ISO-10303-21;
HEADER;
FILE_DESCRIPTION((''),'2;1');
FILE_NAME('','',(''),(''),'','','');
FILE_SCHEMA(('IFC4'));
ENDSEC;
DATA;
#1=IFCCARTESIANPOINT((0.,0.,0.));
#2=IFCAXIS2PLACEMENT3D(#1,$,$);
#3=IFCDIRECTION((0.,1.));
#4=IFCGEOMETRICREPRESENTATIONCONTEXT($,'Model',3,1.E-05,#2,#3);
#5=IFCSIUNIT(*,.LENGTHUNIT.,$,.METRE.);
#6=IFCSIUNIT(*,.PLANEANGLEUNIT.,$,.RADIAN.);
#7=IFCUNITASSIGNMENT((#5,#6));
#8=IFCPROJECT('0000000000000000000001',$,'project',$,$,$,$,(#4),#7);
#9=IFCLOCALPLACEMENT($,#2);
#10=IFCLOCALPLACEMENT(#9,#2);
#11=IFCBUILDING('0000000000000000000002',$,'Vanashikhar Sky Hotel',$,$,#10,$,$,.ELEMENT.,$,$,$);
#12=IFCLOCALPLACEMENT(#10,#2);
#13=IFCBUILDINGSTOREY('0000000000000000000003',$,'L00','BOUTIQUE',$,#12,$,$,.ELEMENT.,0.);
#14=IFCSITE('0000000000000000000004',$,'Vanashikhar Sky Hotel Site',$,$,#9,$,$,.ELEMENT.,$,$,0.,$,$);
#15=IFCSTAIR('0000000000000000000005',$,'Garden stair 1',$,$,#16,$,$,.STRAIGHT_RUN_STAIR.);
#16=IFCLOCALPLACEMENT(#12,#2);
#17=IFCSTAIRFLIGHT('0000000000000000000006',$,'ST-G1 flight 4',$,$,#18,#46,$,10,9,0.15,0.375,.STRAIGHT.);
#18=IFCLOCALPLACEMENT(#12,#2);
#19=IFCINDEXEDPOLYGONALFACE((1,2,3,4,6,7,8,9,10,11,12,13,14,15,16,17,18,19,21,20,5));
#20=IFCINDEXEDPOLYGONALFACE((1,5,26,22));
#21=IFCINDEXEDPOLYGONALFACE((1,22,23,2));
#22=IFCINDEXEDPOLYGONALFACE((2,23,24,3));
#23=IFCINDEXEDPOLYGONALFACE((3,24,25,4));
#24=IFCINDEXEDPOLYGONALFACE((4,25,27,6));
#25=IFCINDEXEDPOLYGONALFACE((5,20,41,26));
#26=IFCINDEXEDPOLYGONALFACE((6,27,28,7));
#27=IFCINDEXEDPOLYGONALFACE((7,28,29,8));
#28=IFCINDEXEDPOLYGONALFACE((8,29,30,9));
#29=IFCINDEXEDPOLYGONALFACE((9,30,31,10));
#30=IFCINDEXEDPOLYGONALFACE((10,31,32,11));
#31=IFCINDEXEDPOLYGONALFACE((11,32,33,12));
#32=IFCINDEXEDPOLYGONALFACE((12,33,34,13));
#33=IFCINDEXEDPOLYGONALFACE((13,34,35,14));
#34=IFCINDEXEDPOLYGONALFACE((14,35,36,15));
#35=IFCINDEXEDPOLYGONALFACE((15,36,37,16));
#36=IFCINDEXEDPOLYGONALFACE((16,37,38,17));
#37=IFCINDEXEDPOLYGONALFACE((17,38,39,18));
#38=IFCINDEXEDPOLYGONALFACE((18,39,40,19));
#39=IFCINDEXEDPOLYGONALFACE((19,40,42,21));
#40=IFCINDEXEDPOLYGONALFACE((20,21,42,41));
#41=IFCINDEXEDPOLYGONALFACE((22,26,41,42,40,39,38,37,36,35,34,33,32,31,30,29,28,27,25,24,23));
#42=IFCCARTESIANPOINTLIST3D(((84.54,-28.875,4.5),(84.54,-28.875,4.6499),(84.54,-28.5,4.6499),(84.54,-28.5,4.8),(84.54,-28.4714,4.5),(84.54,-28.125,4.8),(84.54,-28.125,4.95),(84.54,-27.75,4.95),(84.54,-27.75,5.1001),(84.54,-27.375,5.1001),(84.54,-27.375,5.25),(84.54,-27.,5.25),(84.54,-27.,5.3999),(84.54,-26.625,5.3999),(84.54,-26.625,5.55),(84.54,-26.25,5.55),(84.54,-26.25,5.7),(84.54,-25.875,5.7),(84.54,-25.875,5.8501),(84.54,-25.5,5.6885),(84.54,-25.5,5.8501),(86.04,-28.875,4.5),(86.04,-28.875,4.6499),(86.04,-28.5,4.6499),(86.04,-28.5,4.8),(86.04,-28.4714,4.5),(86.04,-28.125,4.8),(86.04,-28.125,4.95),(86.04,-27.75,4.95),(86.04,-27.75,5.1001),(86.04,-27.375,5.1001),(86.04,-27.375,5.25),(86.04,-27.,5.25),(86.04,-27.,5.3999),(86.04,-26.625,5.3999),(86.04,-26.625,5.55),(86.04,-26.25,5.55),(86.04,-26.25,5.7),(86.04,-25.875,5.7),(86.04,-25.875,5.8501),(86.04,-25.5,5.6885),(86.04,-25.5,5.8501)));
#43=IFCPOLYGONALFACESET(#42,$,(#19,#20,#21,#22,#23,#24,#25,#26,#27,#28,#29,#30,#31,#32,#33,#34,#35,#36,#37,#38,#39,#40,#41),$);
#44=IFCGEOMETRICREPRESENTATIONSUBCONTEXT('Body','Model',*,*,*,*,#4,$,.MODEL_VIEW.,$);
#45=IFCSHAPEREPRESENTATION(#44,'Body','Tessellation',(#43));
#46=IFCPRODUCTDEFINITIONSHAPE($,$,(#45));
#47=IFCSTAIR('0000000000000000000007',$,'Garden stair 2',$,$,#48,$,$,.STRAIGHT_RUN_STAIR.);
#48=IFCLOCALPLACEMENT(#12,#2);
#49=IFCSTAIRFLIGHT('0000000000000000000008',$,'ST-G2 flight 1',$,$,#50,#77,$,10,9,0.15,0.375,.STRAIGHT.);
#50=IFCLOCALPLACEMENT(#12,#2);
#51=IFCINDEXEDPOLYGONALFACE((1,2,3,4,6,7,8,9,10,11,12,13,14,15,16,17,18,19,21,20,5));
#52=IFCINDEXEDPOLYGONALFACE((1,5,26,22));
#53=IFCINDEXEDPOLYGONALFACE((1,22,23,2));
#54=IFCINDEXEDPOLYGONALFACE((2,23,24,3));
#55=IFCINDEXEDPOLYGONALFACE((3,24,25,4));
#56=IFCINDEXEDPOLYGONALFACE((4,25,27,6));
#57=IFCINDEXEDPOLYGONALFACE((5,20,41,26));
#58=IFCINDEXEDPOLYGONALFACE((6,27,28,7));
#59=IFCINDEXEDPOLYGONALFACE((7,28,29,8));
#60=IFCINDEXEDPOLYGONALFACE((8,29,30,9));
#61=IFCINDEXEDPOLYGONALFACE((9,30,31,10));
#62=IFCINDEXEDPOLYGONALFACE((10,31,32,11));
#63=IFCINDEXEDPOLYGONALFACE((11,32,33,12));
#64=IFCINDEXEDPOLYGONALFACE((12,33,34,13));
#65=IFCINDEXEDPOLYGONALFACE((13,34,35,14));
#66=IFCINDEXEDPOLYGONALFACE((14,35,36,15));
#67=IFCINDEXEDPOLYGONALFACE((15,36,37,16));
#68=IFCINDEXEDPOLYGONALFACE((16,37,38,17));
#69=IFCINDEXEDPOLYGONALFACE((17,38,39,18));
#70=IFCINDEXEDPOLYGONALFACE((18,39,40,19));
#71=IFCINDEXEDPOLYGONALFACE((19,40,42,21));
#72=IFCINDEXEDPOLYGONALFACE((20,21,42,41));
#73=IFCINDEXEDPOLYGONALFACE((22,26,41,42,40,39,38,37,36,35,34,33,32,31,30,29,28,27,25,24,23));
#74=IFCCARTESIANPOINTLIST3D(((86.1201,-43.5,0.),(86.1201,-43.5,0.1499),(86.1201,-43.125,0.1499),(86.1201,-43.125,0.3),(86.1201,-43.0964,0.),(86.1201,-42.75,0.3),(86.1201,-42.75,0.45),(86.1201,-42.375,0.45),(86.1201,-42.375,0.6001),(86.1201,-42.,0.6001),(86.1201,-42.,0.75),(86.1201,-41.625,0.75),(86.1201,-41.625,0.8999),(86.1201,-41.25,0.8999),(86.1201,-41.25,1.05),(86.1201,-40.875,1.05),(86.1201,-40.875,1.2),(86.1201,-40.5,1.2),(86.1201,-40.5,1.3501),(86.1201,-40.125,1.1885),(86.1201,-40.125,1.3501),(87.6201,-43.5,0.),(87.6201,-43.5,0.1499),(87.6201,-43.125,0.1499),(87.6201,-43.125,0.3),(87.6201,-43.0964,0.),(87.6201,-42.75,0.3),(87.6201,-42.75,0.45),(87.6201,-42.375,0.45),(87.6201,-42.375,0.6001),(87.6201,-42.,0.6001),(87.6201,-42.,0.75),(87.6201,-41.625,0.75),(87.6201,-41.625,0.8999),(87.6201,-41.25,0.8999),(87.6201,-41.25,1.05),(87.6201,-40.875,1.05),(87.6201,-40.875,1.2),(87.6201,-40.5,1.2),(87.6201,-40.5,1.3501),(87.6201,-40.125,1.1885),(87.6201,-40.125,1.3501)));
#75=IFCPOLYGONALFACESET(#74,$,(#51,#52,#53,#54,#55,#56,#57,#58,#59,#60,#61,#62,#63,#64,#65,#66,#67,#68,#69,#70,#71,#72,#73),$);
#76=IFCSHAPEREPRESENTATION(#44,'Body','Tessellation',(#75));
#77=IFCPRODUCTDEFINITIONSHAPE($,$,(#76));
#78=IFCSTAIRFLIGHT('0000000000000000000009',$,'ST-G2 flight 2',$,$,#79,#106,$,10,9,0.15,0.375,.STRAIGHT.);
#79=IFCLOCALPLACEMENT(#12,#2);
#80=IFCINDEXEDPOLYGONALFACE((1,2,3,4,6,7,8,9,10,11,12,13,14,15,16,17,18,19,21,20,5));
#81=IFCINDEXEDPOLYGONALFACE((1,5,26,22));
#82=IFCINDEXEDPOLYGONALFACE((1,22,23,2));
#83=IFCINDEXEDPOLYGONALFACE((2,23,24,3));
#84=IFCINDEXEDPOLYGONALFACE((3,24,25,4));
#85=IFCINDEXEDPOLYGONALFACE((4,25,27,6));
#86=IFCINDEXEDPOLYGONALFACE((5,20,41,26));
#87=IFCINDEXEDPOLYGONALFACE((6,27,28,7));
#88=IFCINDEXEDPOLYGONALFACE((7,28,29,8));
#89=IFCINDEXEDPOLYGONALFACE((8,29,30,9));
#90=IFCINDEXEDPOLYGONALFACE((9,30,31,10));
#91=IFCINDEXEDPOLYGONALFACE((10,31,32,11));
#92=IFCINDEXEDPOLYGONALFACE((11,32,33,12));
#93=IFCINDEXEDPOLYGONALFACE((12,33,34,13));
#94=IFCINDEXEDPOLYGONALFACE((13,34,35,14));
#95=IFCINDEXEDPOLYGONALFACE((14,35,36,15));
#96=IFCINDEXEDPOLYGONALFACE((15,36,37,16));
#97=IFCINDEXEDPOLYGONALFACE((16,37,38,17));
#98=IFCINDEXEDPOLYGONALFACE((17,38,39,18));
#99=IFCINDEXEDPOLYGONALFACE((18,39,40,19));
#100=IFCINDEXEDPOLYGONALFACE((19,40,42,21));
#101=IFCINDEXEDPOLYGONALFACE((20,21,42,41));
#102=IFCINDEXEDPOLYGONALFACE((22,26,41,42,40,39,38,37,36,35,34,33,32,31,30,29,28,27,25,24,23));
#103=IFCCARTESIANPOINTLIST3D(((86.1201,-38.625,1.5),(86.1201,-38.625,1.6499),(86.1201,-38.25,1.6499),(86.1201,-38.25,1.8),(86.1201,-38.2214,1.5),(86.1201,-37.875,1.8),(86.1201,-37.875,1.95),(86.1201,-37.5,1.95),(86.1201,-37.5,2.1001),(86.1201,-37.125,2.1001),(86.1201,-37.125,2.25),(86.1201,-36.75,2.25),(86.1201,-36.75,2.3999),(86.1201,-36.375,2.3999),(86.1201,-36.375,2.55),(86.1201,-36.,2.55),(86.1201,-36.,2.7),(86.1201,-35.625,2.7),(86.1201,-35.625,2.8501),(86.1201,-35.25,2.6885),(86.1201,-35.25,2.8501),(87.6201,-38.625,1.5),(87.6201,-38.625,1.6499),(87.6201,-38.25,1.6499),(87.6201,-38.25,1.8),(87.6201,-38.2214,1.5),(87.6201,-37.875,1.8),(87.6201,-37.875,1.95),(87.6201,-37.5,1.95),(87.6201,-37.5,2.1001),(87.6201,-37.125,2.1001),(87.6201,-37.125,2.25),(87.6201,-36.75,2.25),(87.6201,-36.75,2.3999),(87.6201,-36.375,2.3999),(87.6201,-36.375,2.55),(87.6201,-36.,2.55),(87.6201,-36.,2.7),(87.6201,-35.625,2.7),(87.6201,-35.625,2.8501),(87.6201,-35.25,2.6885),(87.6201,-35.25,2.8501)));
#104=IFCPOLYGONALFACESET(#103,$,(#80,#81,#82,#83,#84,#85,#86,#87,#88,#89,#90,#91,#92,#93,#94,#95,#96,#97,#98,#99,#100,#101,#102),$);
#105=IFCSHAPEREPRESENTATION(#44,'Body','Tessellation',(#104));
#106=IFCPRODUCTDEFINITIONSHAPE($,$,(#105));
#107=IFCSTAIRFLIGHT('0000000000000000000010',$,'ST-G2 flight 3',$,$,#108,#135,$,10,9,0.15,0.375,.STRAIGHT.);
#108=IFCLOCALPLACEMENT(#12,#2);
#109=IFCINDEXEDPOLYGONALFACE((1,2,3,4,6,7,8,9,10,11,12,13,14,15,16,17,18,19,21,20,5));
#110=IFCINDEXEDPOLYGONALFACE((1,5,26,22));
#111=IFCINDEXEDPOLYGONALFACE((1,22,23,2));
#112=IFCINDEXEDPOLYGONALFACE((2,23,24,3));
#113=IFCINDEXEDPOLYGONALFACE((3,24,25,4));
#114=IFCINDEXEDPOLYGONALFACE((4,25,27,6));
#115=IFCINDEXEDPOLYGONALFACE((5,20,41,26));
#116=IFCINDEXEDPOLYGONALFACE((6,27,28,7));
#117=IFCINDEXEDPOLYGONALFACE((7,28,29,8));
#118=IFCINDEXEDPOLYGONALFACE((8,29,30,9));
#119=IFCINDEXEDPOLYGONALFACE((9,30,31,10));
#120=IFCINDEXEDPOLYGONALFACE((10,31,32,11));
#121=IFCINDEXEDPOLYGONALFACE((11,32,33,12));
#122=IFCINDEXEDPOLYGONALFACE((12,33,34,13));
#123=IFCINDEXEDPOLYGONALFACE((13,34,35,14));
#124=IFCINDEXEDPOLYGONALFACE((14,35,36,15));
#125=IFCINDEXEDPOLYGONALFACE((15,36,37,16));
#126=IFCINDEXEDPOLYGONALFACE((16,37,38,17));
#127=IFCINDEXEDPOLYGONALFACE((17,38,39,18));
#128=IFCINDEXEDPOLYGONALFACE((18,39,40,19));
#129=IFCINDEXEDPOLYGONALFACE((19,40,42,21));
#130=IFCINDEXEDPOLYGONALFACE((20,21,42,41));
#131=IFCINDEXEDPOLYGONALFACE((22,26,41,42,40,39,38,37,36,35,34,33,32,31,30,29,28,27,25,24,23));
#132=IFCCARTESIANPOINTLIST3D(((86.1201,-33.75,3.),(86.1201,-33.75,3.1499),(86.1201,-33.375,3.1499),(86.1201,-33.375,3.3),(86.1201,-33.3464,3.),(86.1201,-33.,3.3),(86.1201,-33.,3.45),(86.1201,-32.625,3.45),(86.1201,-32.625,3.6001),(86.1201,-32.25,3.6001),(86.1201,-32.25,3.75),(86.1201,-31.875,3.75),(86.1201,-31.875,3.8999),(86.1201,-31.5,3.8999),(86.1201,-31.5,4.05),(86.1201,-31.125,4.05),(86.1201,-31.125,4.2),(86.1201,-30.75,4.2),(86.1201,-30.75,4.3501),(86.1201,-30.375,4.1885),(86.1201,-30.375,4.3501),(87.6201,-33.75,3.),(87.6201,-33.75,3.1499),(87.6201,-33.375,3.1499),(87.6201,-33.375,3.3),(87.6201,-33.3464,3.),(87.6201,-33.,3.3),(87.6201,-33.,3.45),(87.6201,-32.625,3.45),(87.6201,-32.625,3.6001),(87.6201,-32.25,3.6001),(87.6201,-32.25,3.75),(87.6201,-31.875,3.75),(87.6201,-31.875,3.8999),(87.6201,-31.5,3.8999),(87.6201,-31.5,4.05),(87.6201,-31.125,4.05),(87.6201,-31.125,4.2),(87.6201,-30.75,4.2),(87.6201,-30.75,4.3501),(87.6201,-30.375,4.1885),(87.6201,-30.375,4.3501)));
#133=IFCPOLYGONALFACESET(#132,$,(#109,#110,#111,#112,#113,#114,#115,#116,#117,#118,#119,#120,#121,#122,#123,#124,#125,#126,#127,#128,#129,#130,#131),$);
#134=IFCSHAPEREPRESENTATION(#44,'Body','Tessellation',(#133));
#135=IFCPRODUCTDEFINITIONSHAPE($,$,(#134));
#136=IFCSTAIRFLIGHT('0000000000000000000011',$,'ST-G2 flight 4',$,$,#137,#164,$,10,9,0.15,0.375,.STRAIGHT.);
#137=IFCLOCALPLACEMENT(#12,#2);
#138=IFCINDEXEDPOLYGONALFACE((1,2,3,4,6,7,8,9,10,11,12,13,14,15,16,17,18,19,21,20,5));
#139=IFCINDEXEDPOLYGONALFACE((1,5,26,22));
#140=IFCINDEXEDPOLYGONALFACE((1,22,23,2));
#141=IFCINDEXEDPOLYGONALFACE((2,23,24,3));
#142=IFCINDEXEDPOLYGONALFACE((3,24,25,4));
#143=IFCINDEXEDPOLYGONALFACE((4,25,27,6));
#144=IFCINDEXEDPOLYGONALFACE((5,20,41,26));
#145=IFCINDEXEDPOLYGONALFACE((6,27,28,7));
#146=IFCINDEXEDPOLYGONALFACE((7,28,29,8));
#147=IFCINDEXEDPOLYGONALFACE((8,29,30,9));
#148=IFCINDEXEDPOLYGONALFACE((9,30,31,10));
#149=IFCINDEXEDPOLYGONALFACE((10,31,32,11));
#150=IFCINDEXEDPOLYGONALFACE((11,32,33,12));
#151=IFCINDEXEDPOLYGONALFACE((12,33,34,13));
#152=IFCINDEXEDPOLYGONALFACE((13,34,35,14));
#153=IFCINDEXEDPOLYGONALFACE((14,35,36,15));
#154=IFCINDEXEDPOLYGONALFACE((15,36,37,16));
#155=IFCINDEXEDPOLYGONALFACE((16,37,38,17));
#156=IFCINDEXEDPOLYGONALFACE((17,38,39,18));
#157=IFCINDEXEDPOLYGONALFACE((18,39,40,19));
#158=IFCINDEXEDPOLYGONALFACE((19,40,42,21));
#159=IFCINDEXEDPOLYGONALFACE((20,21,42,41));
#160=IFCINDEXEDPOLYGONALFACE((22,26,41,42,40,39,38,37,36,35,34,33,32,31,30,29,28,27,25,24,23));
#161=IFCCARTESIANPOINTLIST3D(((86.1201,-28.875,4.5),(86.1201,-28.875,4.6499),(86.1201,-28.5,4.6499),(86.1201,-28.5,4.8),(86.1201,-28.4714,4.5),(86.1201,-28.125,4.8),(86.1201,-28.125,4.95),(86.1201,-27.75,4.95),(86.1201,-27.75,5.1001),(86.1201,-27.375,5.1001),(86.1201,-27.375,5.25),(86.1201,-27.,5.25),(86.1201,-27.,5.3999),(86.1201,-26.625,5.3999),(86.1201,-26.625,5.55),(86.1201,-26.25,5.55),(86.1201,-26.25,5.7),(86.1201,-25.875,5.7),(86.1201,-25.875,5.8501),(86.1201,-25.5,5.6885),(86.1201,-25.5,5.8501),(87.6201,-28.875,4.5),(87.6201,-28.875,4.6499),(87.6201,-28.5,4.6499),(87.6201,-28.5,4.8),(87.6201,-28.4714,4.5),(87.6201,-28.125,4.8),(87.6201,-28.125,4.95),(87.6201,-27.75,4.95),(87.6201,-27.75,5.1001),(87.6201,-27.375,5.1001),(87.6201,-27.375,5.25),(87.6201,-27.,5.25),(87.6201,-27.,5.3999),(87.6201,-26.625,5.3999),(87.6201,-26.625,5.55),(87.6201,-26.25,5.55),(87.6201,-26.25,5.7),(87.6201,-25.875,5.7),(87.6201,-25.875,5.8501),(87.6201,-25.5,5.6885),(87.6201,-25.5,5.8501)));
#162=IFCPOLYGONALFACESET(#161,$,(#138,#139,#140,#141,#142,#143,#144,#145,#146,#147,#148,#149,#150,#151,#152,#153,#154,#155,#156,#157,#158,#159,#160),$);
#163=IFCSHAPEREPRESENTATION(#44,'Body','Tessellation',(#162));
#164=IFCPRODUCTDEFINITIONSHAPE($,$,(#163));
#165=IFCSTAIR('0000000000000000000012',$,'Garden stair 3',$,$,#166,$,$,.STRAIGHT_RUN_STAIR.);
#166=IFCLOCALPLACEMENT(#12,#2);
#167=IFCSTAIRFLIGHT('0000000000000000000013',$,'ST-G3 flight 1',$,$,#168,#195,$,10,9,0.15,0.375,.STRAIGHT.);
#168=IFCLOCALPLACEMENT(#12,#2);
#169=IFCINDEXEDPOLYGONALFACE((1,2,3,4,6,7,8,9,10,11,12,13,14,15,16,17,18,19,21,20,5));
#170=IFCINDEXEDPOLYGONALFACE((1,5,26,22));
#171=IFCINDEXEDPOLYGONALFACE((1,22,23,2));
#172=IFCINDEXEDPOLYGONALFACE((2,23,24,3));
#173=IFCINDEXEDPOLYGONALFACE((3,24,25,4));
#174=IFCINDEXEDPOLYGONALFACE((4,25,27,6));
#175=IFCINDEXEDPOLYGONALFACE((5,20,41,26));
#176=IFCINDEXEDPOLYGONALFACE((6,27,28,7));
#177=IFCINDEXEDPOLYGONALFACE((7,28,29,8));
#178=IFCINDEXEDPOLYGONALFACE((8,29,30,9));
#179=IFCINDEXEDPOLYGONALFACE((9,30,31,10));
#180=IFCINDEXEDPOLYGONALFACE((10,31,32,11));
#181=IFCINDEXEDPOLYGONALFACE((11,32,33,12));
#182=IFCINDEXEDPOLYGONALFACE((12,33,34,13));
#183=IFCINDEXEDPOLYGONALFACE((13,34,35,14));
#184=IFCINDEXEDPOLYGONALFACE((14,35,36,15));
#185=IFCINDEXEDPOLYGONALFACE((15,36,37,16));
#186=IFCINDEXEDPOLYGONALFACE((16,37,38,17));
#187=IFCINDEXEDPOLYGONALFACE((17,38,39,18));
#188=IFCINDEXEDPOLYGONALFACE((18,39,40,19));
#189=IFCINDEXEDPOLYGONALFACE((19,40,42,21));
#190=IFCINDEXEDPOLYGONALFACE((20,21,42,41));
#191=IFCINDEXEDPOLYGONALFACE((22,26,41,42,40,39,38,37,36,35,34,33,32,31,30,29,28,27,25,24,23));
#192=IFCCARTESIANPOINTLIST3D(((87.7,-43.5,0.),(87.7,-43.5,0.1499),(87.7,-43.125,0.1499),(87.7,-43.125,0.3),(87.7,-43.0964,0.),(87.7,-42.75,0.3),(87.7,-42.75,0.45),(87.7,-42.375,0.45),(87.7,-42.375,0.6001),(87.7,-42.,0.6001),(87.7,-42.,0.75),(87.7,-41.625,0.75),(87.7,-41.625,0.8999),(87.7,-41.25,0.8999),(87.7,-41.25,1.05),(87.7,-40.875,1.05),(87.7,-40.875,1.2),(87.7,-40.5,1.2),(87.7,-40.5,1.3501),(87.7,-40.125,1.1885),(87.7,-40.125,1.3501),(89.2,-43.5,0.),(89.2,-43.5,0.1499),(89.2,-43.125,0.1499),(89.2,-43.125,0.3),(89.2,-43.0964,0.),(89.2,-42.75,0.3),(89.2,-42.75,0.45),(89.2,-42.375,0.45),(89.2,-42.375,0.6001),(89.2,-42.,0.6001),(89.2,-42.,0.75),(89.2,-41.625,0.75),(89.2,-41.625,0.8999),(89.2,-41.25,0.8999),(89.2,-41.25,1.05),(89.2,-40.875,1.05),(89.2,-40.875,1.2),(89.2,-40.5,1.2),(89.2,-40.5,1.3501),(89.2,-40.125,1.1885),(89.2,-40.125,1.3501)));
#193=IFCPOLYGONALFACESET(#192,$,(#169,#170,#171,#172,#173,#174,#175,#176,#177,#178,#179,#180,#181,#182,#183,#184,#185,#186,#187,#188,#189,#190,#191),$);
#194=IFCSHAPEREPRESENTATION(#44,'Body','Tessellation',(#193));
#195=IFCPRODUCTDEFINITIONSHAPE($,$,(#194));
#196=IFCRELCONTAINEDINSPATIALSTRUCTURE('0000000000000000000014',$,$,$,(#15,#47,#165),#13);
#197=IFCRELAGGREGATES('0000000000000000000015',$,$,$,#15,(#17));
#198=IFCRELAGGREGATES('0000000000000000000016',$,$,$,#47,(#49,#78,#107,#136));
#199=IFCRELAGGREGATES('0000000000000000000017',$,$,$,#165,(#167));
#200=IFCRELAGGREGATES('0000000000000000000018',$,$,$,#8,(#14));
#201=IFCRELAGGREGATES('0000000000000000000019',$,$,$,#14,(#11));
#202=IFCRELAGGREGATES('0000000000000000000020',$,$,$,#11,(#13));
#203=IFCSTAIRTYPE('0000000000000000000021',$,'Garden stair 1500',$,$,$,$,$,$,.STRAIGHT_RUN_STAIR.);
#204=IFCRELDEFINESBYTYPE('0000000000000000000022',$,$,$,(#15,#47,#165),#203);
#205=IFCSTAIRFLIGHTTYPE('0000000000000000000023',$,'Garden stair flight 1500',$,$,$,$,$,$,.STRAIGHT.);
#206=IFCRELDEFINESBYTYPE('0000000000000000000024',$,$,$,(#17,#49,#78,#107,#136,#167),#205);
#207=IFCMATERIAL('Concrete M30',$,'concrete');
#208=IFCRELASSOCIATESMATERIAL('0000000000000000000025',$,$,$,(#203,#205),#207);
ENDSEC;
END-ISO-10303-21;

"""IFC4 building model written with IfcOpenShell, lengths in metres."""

from ifc_helpers import new_model, si_unit, direction, frame, origin, place, context, subcontext, project, spatial, polyline, outline, extrude, source, transform, mapped, material, type_object, element, aggregate, save


model = new_model("IFC4")

# Units and contexts
model_context = context("Model", 3, precision=1e-05, world=origin(), true_north=direction((0.0, 1.0)))
body_context = subcontext(model_context, "Body", "Model", "MODEL_VIEW")
ifc_project = project(units=[si_unit("LENGTHUNIT", "METRE"), si_unit("PLANEANGLEUNIT", "RADIAN")], contexts=[model_context])

# Site, building, storey
site_placement = place(None, origin())
site = spatial("IfcSite", under=ifc_project, at=site_placement, Name="Vanashikhar Sky Hotel Site", CompositionType="ELEMENT", RefElevation=0.0)
building_placement = place(site_placement, origin())
building = spatial("IfcBuilding", under=site, at=building_placement, Name="Vanashikhar Sky Hotel", CompositionType="ELEMENT")
storey_placement = place(building_placement, origin())
storey = spatial("IfcBuildingStorey", under=building, at=storey_placement, Name="L00", Description="BOUTIQUE", CompositionType="ELEMENT", Elevation=0.0)

# Stairs, stair flights
ifc_material_1 = material(Name="Concrete M30", Category="concrete")
stair_type = type_object("IfcStairType", Name="Garden stair 1500", PredefinedType="STRAIGHT_RUN_STAIR", material=ifc_material_1)
stair_1_placement = place(storey_placement, origin())
stair_1 = element("IfcStair", 1, at=stair_1_placement, inside=storey, type_object=stair_type, Name="Garden stair 1", PredefinedType="STRAIGHT_RUN_STAIR")
stair_flight_type = type_object("IfcStairFlightType", Name="Garden stair flight 1500", PredefinedType="STRAIGHT", material=ifc_material_1)
shared_shape_1 = source(origin(), body_context, "Body", "SweptSolid", [
    extrude(outline(polyline([(0.0, 0.0), (0.0, 0.1499), (0.375, 0.1499), (0.375, 0.3), (0.75, 0.3), (0.75, 0.45), (1.125, 0.45), (1.125, 0.6001), (1.5, 0.6001), (1.5, 0.75), (1.875, 0.75), (1.875, 0.8999), (2.25, 0.8999), (2.25, 1.05), (2.625, 1.05), (2.625, 1.2), (3.0, 1.2), (3.0, 1.3501), (3.375, 1.3501), (3.375, 1.5), (3.375, 1.1885), (0.4036, 0.0), (0.0, 0.0)])), frame((0.0, 0.75, 0.0), z_axis=(0.0, -1.0, 0.0), x_axis=(1.0, 0.0, 0.0)), (0.0, 0.0, 1.0), 1.5),
])
stair_flight_1_placement = place(storey_placement, frame((85.29, -28.875, 4.5), z_axis=(0.0, 0.0, 1.0), x_axis=(0.0, 1.0, 0.0)))
stair_flight_1 = element("IfcStairFlight", 2, at=stair_flight_1_placement, type_object=stair_flight_type, Name="ST-G1 flight 4", NumberOfRisers=10, NumberOfTreads=9, PredefinedType="STRAIGHT", RiserHeight=0.15, TreadLength=0.375, context=body_context, shape_type="MappedRepresentation", body=[
    mapped(shared_shape_1, transform((0.0, 0.0, 0.0), scale=1.0)),
])
aggregate(stair_1, [stair_flight_1])
stair_2_placement = place(storey_placement, origin())
stair_2 = element("IfcStair", 3, at=stair_2_placement, inside=storey, type_object=stair_type, Name="Garden stair 2", PredefinedType="STRAIGHT_RUN_STAIR")
stair_flight_2_placement = place(storey_placement, frame((86.8701, -43.5, 0.0), z_axis=(0.0, 0.0, 1.0), x_axis=(0.0, 1.0, 0.0)))
stair_flight_2 = element("IfcStairFlight", 4, at=stair_flight_2_placement, type_object=stair_flight_type, Name="ST-G2 flight 1", NumberOfRisers=10, NumberOfTreads=9, PredefinedType="STRAIGHT", RiserHeight=0.15, TreadLength=0.375, context=body_context, shape_type="MappedRepresentation", body=[
    mapped(shared_shape_1, transform((0.0, 0.0, 0.0), scale=1.0)),
])
stair_flight_3_placement = place(storey_placement, frame((86.8701, -38.625, 1.5), z_axis=(0.0, 0.0, 1.0), x_axis=(0.0, 1.0, 0.0)))
stair_flight_3 = element("IfcStairFlight", 5, at=stair_flight_3_placement, type_object=stair_flight_type, Name="ST-G2 flight 2", NumberOfRisers=10, NumberOfTreads=9, PredefinedType="STRAIGHT", RiserHeight=0.15, TreadLength=0.375, context=body_context, shape_type="MappedRepresentation", body=[
    mapped(shared_shape_1, transform((0.0, 0.0, 0.0), scale=1.0)),
])
stair_flight_4_placement = place(storey_placement, frame((86.8701, -33.75, 3.0), z_axis=(0.0, 0.0, 1.0), x_axis=(0.0, 1.0, 0.0)))
stair_flight_4 = element("IfcStairFlight", 6, at=stair_flight_4_placement, type_object=stair_flight_type, Name="ST-G2 flight 3", NumberOfRisers=10, NumberOfTreads=9, PredefinedType="STRAIGHT", RiserHeight=0.15, TreadLength=0.375, context=body_context, shape_type="MappedRepresentation", body=[
    mapped(shared_shape_1, transform((0.0, 0.0, 0.0), scale=1.0)),
])
stair_flight_5_placement = place(storey_placement, frame((86.8701, -28.875, 4.5), z_axis=(0.0, 0.0, 1.0), x_axis=(0.0, 1.0, 0.0)))
stair_flight_5 = element("IfcStairFlight", 7, at=stair_flight_5_placement, type_object=stair_flight_type, Name="ST-G2 flight 4", NumberOfRisers=10, NumberOfTreads=9, PredefinedType="STRAIGHT", RiserHeight=0.15, TreadLength=0.375, context=body_context, shape_type="MappedRepresentation", body=[
    mapped(shared_shape_1, transform((0.0, 0.0, 0.0), scale=1.0)),
])
aggregate(stair_2, [stair_flight_2, stair_flight_3, stair_flight_4, stair_flight_5])
stair_3_placement = place(storey_placement, origin())
stair_3 = element("IfcStair", 8, at=stair_3_placement, inside=storey, type_object=stair_type, Name="Garden stair 3", PredefinedType="STRAIGHT_RUN_STAIR")
stair_flight_6_placement = place(storey_placement, frame((88.45, -43.5, 0.0), z_axis=(0.0, 0.0, 1.0), x_axis=(0.0, 1.0, 0.0)))
stair_flight_6 = element("IfcStairFlight", 9, at=stair_flight_6_placement, type_object=stair_flight_type, Name="ST-G3 flight 1", NumberOfRisers=10, NumberOfTreads=9, PredefinedType="STRAIGHT", RiserHeight=0.15, TreadLength=0.375, context=body_context, shape_type="MappedRepresentation", body=[
    mapped(shared_shape_1, transform((0.0, 0.0, 0.0), scale=1.0)),
])
aggregate(stair_3, [stair_flight_6])

save(model, "model.ifc")
